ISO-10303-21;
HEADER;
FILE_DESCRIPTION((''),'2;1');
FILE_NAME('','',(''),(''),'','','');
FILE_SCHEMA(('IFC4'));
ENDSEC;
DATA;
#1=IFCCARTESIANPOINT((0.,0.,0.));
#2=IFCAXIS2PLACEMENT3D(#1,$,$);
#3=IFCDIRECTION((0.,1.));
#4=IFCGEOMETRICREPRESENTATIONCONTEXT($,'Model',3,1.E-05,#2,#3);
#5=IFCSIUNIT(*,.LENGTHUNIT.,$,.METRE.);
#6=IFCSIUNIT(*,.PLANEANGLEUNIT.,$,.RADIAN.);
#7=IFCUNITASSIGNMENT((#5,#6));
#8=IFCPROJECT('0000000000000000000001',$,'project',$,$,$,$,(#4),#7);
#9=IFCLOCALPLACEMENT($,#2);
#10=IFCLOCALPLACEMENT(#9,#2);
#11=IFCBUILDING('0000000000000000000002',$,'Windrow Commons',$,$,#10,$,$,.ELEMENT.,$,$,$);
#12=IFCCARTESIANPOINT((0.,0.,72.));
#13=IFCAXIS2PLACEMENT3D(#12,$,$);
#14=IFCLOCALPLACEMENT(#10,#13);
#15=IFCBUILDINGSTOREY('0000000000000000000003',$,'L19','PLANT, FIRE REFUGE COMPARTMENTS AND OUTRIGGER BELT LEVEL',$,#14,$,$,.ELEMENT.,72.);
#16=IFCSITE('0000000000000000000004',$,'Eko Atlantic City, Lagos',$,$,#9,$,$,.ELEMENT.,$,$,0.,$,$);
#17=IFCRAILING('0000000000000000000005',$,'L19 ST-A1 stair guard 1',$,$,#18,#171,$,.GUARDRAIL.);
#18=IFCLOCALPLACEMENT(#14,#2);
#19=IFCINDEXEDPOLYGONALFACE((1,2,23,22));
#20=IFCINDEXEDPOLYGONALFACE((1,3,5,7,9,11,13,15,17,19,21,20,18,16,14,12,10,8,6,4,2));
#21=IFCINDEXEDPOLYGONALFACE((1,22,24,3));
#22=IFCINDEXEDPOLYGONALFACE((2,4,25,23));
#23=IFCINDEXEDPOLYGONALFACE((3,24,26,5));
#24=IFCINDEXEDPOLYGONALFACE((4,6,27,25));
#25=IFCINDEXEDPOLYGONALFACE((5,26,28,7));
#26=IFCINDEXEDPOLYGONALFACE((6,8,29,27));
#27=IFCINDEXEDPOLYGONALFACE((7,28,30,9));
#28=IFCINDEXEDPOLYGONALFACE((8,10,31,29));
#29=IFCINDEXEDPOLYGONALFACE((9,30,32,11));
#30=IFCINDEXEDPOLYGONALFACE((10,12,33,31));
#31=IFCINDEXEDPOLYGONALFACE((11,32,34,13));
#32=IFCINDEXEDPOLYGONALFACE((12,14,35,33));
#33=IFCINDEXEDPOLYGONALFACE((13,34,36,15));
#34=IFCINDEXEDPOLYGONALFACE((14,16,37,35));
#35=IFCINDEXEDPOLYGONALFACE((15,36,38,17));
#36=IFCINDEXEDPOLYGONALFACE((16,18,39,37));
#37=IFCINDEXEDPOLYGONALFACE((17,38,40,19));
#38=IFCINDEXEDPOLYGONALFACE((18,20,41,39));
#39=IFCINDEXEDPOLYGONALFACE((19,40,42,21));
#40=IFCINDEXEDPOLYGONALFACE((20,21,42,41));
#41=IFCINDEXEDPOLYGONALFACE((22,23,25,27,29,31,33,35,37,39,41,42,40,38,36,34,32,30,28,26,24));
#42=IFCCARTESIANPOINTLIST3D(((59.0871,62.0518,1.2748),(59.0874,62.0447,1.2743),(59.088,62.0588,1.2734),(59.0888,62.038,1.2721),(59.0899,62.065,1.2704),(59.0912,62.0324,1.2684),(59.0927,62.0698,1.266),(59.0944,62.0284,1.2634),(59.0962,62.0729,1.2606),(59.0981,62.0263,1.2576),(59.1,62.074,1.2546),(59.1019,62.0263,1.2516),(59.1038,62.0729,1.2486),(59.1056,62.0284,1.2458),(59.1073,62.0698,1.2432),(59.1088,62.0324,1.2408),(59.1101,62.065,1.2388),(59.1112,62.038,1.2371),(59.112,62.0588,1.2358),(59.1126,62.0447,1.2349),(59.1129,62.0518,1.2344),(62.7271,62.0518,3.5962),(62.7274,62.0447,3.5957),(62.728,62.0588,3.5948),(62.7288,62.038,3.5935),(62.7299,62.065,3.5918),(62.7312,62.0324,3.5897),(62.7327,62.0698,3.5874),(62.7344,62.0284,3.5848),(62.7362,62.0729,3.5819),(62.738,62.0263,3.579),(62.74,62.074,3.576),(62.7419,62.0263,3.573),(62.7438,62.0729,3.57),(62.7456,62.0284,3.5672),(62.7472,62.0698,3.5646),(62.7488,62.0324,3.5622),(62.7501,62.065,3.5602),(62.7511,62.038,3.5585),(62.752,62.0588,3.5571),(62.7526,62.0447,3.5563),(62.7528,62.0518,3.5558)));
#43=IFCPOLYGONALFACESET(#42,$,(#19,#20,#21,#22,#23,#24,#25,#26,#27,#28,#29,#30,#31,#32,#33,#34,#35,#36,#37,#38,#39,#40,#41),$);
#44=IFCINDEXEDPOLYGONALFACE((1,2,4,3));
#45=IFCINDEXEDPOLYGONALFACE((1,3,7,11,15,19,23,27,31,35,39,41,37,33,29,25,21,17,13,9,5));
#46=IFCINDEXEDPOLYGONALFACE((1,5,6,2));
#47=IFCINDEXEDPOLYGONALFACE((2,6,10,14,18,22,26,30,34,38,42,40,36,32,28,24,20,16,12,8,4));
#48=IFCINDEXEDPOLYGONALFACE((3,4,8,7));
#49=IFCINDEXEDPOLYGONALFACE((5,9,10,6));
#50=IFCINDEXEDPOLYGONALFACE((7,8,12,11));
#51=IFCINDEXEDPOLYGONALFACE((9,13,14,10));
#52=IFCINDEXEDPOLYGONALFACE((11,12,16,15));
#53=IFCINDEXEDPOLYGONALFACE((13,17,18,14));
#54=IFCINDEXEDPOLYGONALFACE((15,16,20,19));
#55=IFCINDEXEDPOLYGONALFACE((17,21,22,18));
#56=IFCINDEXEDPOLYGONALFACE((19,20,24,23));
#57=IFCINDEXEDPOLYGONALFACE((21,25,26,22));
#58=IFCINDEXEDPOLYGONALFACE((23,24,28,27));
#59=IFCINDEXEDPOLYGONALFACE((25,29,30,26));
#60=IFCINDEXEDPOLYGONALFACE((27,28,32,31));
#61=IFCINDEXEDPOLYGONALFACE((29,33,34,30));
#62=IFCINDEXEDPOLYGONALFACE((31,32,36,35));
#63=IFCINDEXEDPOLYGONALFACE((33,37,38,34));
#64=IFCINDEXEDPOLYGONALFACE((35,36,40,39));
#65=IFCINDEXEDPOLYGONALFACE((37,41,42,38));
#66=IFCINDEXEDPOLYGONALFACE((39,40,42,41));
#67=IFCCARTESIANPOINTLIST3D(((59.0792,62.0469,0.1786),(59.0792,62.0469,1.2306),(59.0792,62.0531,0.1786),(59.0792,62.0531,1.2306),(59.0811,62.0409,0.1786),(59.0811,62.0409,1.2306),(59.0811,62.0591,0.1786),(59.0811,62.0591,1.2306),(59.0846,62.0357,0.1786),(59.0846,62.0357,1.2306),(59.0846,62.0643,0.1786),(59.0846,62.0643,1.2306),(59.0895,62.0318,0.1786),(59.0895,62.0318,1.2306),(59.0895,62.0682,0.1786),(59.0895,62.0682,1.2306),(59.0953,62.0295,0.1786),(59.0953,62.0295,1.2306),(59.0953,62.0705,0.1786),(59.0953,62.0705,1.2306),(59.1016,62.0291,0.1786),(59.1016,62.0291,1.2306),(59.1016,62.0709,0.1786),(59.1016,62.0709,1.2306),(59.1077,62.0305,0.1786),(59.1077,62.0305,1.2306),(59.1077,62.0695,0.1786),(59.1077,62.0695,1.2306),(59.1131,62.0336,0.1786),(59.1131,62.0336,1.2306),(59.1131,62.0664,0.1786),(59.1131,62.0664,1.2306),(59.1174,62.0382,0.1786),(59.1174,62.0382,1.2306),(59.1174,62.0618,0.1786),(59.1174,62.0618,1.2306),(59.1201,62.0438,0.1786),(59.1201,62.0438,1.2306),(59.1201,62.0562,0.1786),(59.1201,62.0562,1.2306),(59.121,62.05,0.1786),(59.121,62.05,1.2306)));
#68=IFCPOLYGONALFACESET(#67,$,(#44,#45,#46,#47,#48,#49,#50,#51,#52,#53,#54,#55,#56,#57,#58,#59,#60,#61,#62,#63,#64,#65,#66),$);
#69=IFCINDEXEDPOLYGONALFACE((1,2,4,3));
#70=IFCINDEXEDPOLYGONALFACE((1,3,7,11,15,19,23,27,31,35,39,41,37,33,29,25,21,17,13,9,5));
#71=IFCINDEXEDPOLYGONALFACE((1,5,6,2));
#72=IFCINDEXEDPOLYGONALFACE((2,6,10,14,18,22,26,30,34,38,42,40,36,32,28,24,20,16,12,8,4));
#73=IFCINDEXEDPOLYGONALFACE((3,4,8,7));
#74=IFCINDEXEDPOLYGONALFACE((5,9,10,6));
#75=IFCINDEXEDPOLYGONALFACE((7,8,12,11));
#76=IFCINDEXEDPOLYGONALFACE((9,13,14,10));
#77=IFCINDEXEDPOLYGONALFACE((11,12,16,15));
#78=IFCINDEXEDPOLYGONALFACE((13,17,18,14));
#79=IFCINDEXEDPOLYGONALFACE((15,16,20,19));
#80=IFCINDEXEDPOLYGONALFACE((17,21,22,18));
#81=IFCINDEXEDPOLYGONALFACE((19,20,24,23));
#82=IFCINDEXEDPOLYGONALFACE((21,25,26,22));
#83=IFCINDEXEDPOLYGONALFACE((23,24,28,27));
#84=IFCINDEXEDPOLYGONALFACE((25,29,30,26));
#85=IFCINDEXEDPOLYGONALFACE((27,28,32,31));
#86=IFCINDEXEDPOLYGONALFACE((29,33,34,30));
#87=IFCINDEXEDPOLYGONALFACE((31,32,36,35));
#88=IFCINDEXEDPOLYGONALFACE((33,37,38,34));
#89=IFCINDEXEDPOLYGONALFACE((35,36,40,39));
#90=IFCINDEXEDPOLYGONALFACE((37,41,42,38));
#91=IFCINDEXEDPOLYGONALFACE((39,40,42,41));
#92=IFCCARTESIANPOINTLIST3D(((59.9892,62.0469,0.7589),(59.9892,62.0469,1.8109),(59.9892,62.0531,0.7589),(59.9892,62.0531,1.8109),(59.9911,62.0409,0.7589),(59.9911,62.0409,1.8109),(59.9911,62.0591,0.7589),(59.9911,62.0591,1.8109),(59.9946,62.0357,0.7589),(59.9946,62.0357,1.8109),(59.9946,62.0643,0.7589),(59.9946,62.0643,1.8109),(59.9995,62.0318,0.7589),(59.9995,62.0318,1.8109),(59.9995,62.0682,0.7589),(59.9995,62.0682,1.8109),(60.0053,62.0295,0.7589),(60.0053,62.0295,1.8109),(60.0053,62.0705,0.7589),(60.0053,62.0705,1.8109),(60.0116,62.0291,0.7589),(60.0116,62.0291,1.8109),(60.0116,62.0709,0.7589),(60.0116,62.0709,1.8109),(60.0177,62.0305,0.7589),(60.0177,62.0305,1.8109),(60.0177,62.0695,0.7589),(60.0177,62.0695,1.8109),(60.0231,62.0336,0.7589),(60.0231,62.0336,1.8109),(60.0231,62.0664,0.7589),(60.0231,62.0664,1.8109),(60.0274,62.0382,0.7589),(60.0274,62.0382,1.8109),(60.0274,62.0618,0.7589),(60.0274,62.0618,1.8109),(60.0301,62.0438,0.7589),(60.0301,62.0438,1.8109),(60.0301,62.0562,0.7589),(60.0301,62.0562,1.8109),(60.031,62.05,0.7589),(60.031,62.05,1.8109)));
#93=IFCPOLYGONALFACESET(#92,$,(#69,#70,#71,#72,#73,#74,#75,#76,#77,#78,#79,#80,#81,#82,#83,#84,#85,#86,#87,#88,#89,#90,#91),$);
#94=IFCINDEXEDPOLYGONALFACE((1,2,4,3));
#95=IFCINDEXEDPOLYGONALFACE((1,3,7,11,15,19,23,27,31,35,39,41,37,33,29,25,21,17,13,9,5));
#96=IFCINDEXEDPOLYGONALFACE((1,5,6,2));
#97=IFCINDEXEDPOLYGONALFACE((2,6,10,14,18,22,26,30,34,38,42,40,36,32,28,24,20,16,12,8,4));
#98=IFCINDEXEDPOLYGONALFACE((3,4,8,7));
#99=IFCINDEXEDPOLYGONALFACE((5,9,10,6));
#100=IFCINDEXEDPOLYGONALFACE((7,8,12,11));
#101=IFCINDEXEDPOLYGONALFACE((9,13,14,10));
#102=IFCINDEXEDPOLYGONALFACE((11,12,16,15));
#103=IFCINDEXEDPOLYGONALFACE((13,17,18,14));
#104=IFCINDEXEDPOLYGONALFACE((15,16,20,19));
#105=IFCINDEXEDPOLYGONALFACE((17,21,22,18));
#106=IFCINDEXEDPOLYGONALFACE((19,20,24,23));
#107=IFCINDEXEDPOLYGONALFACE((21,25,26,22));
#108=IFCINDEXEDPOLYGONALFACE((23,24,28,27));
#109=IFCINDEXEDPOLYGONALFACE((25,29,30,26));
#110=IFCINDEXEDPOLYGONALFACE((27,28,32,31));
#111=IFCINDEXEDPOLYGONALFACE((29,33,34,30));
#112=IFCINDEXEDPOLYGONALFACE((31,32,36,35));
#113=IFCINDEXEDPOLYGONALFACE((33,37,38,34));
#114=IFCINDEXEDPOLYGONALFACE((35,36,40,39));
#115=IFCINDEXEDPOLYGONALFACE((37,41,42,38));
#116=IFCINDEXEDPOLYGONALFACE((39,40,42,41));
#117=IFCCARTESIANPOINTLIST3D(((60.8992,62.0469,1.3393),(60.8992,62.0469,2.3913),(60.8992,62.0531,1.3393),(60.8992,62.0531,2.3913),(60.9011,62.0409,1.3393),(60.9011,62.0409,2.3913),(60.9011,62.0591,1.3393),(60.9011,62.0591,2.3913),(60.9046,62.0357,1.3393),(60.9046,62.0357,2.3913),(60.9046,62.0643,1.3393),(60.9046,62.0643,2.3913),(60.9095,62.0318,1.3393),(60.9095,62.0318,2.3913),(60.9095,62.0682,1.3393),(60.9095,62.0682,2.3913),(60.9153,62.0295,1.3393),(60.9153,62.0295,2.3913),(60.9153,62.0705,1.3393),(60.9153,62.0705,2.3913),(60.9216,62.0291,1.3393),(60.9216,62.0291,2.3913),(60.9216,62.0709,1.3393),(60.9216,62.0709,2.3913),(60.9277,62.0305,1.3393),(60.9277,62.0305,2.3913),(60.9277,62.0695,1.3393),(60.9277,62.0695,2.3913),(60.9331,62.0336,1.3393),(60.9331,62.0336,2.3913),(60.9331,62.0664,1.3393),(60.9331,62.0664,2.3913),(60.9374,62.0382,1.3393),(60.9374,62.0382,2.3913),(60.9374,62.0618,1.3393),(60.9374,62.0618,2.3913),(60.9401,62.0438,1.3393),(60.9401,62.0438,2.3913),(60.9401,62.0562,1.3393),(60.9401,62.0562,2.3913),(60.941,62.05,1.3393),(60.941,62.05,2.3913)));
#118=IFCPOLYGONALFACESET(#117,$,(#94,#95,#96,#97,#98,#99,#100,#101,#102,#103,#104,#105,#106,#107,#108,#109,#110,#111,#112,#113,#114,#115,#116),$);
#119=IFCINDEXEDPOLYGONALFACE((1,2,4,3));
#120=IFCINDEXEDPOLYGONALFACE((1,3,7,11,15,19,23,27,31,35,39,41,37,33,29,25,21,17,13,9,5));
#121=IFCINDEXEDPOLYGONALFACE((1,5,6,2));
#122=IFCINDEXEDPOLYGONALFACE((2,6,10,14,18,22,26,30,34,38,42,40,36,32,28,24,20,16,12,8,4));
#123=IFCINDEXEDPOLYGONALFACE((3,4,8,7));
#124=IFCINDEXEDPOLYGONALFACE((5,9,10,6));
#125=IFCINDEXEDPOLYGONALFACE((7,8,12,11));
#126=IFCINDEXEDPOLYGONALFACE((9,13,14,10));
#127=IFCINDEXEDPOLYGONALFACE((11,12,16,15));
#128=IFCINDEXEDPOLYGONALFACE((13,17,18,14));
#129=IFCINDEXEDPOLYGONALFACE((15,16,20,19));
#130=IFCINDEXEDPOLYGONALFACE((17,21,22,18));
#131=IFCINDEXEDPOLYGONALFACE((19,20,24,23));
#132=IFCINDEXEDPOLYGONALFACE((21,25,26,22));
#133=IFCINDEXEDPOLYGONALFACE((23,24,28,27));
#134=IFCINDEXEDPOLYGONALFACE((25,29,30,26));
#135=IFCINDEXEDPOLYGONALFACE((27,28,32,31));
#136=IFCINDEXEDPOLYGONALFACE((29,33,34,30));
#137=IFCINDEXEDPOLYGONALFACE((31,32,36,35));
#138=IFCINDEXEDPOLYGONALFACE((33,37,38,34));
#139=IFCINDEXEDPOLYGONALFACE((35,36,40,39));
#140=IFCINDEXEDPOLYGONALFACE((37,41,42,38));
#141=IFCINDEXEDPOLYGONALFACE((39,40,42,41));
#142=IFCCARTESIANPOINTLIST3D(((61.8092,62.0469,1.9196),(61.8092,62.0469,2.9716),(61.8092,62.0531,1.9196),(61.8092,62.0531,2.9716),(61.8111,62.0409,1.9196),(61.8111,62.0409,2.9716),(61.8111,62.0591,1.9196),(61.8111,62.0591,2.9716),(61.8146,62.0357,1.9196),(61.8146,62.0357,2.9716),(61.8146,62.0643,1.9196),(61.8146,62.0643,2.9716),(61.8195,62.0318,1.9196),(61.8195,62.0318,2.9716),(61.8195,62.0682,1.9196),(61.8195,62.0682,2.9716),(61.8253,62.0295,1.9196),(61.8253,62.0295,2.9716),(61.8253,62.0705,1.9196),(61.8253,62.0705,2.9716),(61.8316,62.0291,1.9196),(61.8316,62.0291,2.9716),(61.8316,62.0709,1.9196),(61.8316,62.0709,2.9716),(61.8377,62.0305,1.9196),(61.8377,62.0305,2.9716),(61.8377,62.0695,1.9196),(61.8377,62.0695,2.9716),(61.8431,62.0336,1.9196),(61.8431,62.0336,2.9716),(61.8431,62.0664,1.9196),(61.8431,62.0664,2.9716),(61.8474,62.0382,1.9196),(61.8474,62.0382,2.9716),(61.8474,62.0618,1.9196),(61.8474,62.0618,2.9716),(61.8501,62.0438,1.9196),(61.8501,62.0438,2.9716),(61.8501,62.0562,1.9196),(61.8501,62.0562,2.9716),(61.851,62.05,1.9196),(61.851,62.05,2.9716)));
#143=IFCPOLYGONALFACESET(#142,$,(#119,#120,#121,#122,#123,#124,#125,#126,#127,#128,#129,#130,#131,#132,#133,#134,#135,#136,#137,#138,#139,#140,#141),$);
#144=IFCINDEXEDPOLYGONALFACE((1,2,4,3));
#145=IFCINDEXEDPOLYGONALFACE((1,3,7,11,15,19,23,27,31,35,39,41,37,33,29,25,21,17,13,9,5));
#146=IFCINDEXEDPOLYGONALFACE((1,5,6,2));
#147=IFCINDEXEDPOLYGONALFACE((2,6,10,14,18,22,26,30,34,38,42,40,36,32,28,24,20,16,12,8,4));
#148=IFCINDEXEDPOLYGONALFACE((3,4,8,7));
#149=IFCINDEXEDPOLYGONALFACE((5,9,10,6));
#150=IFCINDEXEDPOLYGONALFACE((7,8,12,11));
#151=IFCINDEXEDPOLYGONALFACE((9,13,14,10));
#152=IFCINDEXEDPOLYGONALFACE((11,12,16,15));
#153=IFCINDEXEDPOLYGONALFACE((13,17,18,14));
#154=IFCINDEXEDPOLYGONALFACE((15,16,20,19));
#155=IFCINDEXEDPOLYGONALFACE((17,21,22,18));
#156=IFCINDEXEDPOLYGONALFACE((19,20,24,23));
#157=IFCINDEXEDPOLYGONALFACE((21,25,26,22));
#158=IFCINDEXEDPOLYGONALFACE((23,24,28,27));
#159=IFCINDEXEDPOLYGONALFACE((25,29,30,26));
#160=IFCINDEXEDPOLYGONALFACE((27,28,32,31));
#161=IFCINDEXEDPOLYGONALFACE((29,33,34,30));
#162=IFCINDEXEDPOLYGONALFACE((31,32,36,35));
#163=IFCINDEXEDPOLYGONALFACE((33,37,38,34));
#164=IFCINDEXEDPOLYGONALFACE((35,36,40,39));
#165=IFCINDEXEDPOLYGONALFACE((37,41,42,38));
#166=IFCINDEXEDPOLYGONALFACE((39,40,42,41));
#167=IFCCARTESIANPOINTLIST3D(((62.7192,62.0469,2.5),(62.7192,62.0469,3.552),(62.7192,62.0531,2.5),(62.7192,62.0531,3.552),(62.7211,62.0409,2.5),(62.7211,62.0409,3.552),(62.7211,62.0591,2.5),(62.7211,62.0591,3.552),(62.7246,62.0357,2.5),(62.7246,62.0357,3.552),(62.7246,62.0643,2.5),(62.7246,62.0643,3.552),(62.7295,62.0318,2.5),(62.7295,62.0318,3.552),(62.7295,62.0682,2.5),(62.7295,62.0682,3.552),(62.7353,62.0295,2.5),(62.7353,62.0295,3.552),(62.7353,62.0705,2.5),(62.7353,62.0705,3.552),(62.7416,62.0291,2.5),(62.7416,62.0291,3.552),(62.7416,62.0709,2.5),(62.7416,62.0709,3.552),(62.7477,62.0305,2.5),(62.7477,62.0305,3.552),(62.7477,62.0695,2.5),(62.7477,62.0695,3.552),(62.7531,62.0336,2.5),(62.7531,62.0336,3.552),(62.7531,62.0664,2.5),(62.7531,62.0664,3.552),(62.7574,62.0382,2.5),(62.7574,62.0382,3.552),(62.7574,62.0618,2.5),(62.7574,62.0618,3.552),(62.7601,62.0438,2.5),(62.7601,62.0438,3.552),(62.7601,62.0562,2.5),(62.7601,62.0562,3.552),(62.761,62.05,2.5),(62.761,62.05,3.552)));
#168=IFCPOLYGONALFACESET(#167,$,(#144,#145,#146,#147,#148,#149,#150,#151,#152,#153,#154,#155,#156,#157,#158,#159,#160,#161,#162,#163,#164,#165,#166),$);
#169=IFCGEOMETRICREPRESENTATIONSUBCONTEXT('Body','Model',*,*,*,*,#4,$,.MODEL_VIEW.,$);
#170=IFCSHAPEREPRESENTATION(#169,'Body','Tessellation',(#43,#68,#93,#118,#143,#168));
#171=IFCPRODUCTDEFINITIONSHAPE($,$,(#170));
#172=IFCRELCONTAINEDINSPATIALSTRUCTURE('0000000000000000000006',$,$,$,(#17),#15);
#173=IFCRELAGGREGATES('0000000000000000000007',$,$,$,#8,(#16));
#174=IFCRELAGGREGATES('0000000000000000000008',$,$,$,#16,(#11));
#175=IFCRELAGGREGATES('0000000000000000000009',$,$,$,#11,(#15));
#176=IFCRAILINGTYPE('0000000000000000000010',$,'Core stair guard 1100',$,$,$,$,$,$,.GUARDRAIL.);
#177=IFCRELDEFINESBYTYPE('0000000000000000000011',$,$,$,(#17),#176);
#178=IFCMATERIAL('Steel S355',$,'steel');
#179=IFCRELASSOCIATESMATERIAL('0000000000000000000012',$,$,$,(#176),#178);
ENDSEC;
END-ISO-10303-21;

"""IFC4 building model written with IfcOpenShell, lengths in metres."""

from ifc_helpers import new_model, si_unit, direction, frame, origin, origin_2d, place, context, subcontext, project, spatial, circle, extrude, material, type_object, element, save


model = new_model("IFC4")

# Units and contexts
model_context = context("Model", 3, precision=1e-05, world=origin(), true_north=direction((0.0, 1.0)))
body_context = subcontext(model_context, "Body", "Model", "MODEL_VIEW")
ifc_project = project(units=[si_unit("LENGTHUNIT", "METRE"), si_unit("PLANEANGLEUNIT", "RADIAN")], contexts=[model_context])

# Site, building, storey
site_placement = place(None, origin())
site = spatial("IfcSite", under=ifc_project, at=site_placement, Name="Eko Atlantic City, Lagos", CompositionType="ELEMENT", RefElevation=0.0)
building_placement = place(site_placement, origin())
building = spatial("IfcBuilding", under=site, at=building_placement, Name="Windrow Commons", CompositionType="ELEMENT")
storey_placement = place(building_placement, frame((0.0, 0.0, 72.0)))
storey = spatial("IfcBuildingStorey", under=building, at=storey_placement, Name="L19", Description="PLANT, FIRE REFUGE COMPARTMENTS AND OUTRIGGER BELT LEVEL", CompositionType="ELEMENT", Elevation=72.0)

# Railing
ifc_material_1 = material(Name="Steel S355", Category="steel")
railing_type_1 = type_object("IfcRailingType", Name="Core stair guard 1100", PredefinedType="GUARDRAIL", material=ifc_material_1)
railing_1_placement = place(storey_placement, frame((59.1, 62.05, 0.1786)))
element("IfcRailing", 1, at=railing_1_placement, inside=storey, type_object=railing_type_1, Name="L19 ST-A1 stair guard 1", PredefinedType="GUARDRAIL", context=body_context, shape_type="SweptSolid", body=[
    extrude(circle(Radius=0.024, at=origin_2d()), frame((0.0, 0.0, 1.076), z_axis=(0.843133, 0.0, 0.537706), x_axis=(0.0, 1.0, 0.0)), (0.0, 0.0, 1.0), 4.3172),
    extrude(circle(Radius=0.021, at=origin_2d()), origin(), (0.0, 0.0, 1.0), 1.052),
    extrude(circle(Radius=0.021, at=origin_2d()), frame((0.91, 0.0, 0.5803)), (0.0, 0.0, 1.0), 1.052),
    extrude(circle(Radius=0.021, at=origin_2d()), frame((1.82, 0.0, 1.1607)), (0.0, 0.0, 1.0), 1.052),
    extrude(circle(Radius=0.021, at=origin_2d()), frame((2.73, 0.0, 1.741)), (0.0, 0.0, 1.0), 1.052),
    extrude(circle(Radius=0.021, at=origin_2d()), frame((3.64, 0.0, 2.3214)), (0.0, 0.0, 1.0), 1.052),
])

save(model, "model.ifc")
